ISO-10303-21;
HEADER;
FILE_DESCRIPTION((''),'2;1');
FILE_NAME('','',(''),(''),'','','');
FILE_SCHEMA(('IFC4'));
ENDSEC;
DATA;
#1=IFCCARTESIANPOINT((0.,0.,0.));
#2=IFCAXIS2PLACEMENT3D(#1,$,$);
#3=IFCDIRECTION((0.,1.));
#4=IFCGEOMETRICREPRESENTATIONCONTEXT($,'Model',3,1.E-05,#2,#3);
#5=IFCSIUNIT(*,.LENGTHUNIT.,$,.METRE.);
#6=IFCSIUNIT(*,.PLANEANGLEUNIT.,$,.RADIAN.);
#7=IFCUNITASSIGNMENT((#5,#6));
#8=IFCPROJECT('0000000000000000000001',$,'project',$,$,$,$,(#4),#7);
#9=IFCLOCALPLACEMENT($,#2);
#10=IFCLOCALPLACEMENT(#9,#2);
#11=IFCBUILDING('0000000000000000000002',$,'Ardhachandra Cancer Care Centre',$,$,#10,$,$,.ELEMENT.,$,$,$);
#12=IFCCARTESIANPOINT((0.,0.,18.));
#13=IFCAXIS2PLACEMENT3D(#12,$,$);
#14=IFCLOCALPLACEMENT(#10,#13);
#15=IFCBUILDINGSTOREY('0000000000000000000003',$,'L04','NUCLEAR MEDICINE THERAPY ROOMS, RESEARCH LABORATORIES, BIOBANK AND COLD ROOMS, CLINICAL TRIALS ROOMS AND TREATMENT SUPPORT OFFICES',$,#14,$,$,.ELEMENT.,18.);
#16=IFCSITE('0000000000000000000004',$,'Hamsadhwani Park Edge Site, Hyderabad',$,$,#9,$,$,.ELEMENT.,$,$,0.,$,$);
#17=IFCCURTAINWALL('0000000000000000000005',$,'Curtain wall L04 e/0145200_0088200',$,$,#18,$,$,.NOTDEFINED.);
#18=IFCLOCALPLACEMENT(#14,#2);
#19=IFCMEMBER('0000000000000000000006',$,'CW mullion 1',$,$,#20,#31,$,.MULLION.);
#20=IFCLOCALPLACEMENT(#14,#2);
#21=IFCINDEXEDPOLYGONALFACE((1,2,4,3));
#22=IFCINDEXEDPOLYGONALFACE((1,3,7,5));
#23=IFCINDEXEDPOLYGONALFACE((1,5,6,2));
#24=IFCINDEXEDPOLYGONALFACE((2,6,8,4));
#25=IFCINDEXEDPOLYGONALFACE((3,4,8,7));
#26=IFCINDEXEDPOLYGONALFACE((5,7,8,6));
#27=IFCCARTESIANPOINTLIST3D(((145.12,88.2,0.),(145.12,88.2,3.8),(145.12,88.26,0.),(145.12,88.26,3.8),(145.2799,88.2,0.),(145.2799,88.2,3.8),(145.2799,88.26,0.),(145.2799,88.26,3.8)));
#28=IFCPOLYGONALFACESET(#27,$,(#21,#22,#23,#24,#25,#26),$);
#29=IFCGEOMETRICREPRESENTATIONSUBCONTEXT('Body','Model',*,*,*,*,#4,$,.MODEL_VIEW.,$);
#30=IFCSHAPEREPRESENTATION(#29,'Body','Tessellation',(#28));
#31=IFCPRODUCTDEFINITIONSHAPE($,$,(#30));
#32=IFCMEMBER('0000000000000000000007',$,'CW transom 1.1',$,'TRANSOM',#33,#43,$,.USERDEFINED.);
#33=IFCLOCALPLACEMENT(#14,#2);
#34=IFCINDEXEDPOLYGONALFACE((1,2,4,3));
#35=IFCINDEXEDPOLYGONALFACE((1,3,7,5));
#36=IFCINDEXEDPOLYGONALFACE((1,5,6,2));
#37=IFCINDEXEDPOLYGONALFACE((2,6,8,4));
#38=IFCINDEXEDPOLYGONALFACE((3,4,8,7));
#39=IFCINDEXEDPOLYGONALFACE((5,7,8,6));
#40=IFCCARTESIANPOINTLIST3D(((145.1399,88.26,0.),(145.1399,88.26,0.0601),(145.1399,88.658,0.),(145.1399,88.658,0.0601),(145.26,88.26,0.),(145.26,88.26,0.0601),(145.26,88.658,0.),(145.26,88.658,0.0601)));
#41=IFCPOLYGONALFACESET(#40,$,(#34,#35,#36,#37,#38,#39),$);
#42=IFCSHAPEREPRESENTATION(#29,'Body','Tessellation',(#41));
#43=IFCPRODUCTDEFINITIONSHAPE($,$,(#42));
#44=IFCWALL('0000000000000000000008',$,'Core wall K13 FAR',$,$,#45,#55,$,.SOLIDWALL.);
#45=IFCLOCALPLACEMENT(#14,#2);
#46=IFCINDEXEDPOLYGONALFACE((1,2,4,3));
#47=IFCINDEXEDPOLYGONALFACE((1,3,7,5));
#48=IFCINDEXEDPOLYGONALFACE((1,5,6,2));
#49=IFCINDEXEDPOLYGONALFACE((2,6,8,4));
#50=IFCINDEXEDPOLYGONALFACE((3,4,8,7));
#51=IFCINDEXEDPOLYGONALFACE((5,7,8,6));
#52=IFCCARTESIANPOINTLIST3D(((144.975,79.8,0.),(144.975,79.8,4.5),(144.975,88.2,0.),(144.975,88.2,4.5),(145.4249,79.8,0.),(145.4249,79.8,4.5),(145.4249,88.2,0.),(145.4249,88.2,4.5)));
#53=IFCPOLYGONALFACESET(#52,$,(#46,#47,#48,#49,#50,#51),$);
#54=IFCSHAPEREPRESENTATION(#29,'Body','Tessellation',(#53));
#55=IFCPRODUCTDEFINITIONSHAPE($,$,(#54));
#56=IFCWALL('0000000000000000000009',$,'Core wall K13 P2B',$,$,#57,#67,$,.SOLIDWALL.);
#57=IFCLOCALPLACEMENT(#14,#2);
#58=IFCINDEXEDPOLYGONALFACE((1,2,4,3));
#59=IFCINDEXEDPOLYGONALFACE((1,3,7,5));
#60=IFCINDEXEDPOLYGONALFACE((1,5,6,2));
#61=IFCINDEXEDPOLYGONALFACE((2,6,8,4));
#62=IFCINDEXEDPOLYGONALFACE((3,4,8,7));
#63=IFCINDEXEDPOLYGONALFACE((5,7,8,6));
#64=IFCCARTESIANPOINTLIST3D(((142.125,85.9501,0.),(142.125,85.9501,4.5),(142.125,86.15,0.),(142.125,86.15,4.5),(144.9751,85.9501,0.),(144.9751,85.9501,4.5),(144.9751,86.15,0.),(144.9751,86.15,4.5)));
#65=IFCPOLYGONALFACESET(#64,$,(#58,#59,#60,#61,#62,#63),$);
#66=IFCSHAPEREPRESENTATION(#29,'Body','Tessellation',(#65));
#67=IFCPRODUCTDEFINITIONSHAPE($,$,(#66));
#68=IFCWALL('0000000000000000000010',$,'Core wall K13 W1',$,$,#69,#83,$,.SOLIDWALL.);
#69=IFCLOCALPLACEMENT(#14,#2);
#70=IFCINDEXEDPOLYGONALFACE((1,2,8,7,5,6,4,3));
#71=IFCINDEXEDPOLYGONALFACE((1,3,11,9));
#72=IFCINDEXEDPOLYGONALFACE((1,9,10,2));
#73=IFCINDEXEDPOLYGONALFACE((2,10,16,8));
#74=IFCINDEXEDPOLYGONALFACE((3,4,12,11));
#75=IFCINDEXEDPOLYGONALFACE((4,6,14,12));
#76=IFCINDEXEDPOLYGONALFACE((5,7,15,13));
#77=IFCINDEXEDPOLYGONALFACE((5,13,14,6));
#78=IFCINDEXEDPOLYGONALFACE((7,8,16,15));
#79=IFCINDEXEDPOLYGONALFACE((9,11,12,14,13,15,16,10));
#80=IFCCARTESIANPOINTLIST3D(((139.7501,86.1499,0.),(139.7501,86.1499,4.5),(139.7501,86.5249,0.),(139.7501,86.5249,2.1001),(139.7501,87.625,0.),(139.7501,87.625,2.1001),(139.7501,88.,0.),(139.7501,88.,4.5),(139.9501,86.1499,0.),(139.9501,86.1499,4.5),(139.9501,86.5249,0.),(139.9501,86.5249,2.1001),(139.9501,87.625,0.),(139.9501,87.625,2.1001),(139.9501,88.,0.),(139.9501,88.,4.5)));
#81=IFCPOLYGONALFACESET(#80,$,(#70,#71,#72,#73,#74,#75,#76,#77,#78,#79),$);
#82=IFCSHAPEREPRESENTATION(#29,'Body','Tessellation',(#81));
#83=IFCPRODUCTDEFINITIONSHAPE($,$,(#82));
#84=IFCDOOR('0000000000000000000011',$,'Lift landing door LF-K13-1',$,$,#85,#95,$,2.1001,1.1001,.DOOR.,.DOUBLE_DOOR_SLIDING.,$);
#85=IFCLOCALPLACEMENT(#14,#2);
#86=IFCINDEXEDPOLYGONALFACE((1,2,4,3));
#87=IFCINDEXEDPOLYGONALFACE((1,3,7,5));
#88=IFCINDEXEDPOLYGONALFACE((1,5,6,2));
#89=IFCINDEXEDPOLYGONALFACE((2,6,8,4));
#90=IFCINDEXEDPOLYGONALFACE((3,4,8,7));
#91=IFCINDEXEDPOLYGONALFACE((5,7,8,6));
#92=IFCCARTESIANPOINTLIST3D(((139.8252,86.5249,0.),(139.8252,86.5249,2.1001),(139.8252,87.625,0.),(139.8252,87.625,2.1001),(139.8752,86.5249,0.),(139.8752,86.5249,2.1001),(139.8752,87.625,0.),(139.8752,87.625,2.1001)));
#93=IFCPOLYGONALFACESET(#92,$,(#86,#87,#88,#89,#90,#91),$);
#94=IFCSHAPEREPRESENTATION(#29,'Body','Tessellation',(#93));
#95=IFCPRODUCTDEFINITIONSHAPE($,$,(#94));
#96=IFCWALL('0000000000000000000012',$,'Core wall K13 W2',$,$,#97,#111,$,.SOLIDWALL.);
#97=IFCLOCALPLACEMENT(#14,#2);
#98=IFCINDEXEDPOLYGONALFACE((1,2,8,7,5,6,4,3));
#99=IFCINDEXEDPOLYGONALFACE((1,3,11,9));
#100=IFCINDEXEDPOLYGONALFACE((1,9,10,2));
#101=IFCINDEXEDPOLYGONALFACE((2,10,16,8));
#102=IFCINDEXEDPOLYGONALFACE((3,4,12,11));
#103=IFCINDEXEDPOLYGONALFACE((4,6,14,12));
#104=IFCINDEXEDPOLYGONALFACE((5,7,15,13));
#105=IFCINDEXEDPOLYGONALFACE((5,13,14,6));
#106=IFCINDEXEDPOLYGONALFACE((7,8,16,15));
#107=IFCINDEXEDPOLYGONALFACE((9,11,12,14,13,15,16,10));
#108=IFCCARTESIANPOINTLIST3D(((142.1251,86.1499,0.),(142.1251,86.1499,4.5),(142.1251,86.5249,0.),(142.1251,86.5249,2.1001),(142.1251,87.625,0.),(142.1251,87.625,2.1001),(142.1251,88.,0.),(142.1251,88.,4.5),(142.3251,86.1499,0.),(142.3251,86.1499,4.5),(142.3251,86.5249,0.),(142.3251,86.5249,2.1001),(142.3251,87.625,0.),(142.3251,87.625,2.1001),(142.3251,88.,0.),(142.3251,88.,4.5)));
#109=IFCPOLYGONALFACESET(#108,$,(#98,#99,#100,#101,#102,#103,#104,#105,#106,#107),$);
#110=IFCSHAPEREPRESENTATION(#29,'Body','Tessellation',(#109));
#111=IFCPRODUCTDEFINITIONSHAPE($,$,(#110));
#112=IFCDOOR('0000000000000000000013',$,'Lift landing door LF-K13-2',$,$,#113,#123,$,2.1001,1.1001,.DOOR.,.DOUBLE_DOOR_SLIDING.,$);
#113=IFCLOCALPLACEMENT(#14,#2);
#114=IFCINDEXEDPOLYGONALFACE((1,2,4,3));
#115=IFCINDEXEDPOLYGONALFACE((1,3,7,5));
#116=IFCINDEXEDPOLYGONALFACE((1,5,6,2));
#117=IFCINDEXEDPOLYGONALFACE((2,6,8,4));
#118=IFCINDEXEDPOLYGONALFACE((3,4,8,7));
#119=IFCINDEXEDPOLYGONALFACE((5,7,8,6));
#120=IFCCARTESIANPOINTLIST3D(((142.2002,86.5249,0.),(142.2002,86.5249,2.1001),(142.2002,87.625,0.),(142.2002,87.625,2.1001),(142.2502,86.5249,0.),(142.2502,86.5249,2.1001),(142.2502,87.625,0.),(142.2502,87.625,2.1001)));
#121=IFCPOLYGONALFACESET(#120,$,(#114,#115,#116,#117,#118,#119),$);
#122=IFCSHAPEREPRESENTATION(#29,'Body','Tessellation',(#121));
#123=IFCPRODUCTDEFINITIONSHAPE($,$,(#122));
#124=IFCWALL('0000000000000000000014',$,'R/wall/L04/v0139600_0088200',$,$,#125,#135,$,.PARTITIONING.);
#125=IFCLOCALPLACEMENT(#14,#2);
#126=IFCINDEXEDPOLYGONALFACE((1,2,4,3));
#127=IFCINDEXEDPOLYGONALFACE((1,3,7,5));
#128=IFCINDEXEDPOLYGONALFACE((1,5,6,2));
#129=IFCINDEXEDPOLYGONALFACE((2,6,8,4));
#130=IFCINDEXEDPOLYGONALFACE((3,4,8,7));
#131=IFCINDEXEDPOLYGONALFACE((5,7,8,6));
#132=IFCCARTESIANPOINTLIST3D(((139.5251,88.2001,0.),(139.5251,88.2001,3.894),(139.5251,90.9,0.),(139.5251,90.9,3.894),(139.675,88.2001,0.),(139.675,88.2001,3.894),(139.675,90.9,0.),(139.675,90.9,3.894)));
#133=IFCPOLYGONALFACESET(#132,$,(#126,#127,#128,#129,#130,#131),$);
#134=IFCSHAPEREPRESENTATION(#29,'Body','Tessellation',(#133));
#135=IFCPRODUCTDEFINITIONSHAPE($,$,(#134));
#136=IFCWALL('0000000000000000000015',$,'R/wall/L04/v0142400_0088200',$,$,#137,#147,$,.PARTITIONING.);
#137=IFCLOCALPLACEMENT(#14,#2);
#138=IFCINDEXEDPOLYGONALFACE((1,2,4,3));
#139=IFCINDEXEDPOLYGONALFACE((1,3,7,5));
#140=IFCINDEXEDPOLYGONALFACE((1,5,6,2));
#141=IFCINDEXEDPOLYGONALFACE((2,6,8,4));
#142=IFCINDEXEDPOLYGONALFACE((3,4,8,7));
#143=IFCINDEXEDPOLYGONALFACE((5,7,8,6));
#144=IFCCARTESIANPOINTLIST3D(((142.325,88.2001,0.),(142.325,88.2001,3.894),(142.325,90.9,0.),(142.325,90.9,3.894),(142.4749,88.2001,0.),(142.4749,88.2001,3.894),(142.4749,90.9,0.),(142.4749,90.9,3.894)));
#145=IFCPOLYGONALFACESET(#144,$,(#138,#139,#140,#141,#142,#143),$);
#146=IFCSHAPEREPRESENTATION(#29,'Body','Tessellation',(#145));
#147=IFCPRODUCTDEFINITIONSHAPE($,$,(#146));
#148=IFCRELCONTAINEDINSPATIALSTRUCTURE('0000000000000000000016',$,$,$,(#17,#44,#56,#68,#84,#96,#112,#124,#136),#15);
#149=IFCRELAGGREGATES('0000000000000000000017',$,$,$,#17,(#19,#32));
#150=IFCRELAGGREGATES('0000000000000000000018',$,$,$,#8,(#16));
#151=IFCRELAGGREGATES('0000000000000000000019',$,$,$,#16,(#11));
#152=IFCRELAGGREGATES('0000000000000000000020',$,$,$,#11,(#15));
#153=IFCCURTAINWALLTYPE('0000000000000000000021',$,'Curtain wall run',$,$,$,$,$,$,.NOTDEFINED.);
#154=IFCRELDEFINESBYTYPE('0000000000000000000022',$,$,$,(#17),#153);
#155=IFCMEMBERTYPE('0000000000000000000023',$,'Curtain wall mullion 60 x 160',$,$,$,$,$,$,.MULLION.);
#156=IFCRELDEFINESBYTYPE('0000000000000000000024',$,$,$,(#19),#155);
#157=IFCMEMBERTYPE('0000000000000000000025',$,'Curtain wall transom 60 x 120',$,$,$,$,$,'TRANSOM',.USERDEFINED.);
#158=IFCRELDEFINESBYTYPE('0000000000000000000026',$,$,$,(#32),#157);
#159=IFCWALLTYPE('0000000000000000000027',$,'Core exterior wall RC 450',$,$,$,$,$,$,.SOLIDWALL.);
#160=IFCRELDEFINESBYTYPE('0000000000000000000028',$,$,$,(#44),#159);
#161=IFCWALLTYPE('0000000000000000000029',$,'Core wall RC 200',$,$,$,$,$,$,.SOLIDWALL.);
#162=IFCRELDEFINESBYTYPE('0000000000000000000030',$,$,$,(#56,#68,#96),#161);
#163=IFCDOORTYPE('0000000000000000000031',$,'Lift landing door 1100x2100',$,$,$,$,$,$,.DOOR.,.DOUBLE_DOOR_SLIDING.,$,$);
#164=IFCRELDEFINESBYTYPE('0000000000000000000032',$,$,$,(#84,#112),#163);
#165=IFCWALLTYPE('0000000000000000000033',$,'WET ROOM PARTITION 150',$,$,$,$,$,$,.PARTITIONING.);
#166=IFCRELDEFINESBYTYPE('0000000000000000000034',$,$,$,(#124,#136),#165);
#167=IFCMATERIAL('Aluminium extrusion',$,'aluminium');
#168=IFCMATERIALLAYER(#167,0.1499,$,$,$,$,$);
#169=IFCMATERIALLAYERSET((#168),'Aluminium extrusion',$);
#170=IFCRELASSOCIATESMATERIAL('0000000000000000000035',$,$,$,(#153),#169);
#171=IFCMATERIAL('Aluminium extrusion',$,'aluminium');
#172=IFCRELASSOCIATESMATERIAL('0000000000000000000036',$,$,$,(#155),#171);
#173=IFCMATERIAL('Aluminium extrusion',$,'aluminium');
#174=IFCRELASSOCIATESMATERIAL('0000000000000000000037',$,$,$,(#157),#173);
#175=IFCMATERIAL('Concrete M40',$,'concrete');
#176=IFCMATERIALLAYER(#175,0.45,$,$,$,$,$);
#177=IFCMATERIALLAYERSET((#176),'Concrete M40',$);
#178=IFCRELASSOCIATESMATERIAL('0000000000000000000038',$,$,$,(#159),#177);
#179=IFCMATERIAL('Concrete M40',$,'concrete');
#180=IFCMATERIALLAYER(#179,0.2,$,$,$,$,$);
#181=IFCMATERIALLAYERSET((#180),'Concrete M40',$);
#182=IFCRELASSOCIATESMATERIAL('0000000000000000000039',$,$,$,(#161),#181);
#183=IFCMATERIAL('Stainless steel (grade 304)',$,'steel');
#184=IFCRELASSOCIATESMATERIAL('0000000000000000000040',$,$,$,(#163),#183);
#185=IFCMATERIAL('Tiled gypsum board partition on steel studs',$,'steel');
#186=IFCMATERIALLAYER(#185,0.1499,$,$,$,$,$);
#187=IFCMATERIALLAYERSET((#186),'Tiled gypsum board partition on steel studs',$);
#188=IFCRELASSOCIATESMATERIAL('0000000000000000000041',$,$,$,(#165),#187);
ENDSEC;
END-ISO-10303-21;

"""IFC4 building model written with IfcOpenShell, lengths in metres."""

from ifc_helpers import new_model, si_unit, direction, frame, frame_2d, origin, origin_2d, place, context, subcontext, project, spatial, rectangle, extrude, material, layer, layer_set, material_profile, profile_set, type_object, element, fill, aggregate, save


model = new_model("IFC4")

# Units and contexts
model_context = context("Model", 3, precision=1e-05, world=origin(), true_north=direction((0.0, 1.0)))
body_context = subcontext(model_context, "Body", "Model", "MODEL_VIEW")
ifc_project = project(units=[si_unit("LENGTHUNIT", "METRE"), si_unit("PLANEANGLEUNIT", "RADIAN")], contexts=[model_context])

# Site, building, storey
site_placement = place(None, origin())
site = spatial("IfcSite", under=ifc_project, at=site_placement, Name="Hamsadhwani Park Edge Site, Hyderabad", CompositionType="ELEMENT", RefElevation=0.0)
building_placement = place(site_placement, origin())
building = spatial("IfcBuilding", under=site, at=building_placement, Name="Ardhachandra Cancer Care Centre", CompositionType="ELEMENT")
storey_placement = place(building_placement, frame((0.0, 0.0, 18.0)))
storey = spatial("IfcBuildingStorey", under=building, at=storey_placement, Name="L04", Description="NUCLEAR MEDICINE THERAPY ROOMS, RESEARCH LABORATORIES, BIOBANK AND COLD ROOMS, CLINICAL TRIALS ROOMS AND TREATMENT SUPPORT OFFICES", CompositionType="ELEMENT", Elevation=18.0)

# Curtain wall, members
ifc_material_1 = material(Name="Aluminium extrusion", Category="aluminium")
ifc_layer_1 = layer(ifc_material_1, 0.1499)
ifc_layer_set_1 = layer_set([ifc_layer_1], Name="Aluminium extrusion")
curtain_wall_type = type_object("IfcCurtainWallType", Name="Curtain wall run", PredefinedType="NOTDEFINED", material=ifc_layer_set_1)
curtain_wall_placement = place(storey_placement, origin())
curtain_wall = element("IfcCurtainWall", 1, at=curtain_wall_placement, inside=storey, type_object=curtain_wall_type, Name="Curtain wall L04 e/0145200_0088200", PredefinedType="NOTDEFINED")
ifc_material_2 = material(Name="Aluminium extrusion", Category="aluminium")
ifc_material_profile_1 = material_profile(ifc_material_2, rectangle(XDim=0.1599, YDim=0.0601, at=origin_2d()), Name="Curtain wall mullion 60 x 160")
ifc_profile_set_1 = profile_set([ifc_material_profile_1], Name="Aluminium extrusion")
member_type_1 = type_object("IfcMemberType", Name="Curtain wall mullion 60 x 160", PredefinedType="MULLION", material=ifc_profile_set_1)
member_1_placement = place(storey_placement, frame((145.2, 88.23, 0.0), z_axis=(0.0, 0.0, 1.0), x_axis=(-1.0, 0.0, 0.0)))
member_1 = element("IfcMember", 2, at=member_1_placement, type_object=member_type_1, Name="CW mullion 1", PredefinedType="MULLION", context=body_context, shape_type="SweptSolid", body=[
    extrude(rectangle(XDim=0.1599, YDim=0.0601, at=origin_2d()), origin(), (0.0, 0.0, 1.0), 3.8),
])
ifc_material_3 = material(Name="Aluminium extrusion", Category="aluminium")
ifc_material_profile_2 = material_profile(ifc_material_3, rectangle(XDim=0.1201, YDim=0.0601, at=origin_2d()), Name="Curtain wall transom 60 x 120")
ifc_profile_set_2 = profile_set([ifc_material_profile_2], Name="Aluminium extrusion")
member_type_2 = type_object("IfcMemberType", Name="Curtain wall transom 60 x 120", ElementType="TRANSOM", PredefinedType="USERDEFINED", material=ifc_profile_set_2)
member_2_placement = place(storey_placement, frame((145.2, 88.26, 0.03), z_axis=(0.0, 1.0, 0.0), x_axis=(-1.0, 0.0, 0.0)))
member_2 = element("IfcMember", 3, at=member_2_placement, type_object=member_type_2, Name="CW transom 1.1", ObjectType="TRANSOM", PredefinedType="USERDEFINED", context=body_context, shape_type="SweptSolid", body=[
    extrude(rectangle(XDim=0.1201, YDim=0.0601, at=origin_2d()), origin(), (0.0, 0.0, 1.0), 0.3979),
])
aggregate(curtain_wall, [member_1, member_2])

# Walls
ifc_material_4 = material(Name="Concrete M40", Category="concrete")
ifc_layer_2 = layer(ifc_material_4, 0.45)
ifc_layer_set_2 = layer_set([ifc_layer_2], Name="Concrete M40")
wall_type_1 = type_object("IfcWallType", Name="Core exterior wall RC 450", PredefinedType="SOLIDWALL", material=ifc_layer_set_2)
wall_1_placement = place(storey_placement, frame((145.2, 79.8, 0.0), z_axis=(0.0, 0.0, 1.0), x_axis=(0.0, 1.0, 0.0)))
element("IfcWall", 4, at=wall_1_placement, inside=storey, type_object=wall_type_1, Name="Core wall K13 FAR", PredefinedType="SOLIDWALL", context=body_context, shape_type="SweptSolid", body=[
    extrude(rectangle(XDim=8.3999, YDim=0.45, at=frame_2d((4.2, 0.0))), origin(), (0.0, 0.0, 1.0), 4.5),
])
ifc_material_5 = material(Name="Concrete M40", Category="concrete")
ifc_layer_3 = layer(ifc_material_5, 0.2)
ifc_layer_set_3 = layer_set([ifc_layer_3], Name="Concrete M40")
wall_type_2 = type_object("IfcWallType", Name="Core wall RC 200", PredefinedType="SOLIDWALL", material=ifc_layer_set_3)
wall_2_placement = place(storey_placement, frame((142.125, 86.05, 0.0), z_axis=(0.0, 0.0, 1.0), x_axis=(1.0, 0.0, 0.0)))
element("IfcWall", 5, at=wall_2_placement, inside=storey, type_object=wall_type_2, Name="Core wall K13 P2B", PredefinedType="SOLIDWALL", context=body_context, shape_type="SweptSolid", body=[
    extrude(rectangle(XDim=2.8501, YDim=0.2, at=frame_2d((1.425, 0.0))), origin(), (0.0, 0.0, 1.0), 4.5),
])

# Walls, openings, doors
wall_3_placement = place(storey_placement, frame((139.8501, 86.1499, 0.0), z_axis=(0.0, 0.0, 1.0), x_axis=(0.0, 1.0, 0.0)))
wall_3 = element("IfcWall", 6, at=wall_3_placement, inside=storey, type_object=wall_type_2, Name="Core wall K13 W1", PredefinedType="SOLIDWALL", context=body_context, shape_type="SweptSolid", body=[
    extrude(rectangle(XDim=1.8501, YDim=0.2, at=frame_2d((0.925, 0.0))), origin(), (0.0, 0.0, 1.0), 4.5),
])
opening_1_placement = place(wall_3_placement, frame((0.375, 0.0, 0.0)))
opening_1 = element("IfcOpeningElement", 7, at=opening_1_placement, cuts=wall_3, PredefinedType="OPENING", context=body_context, shape_type="SweptSolid", body=[
    extrude(rectangle(XDim=1.1001, YDim=2.1001, at=frame_2d((0.55, 1.05))), frame((0.0, 0.1099, 0.0), z_axis=(0.0, -1.0, 0.0), x_axis=(1.0, 0.0, 0.0)), (0.0, 0.0, 1.0), 0.22),
])
ifc_material_6 = material(Name="Stainless steel (grade 304)", Category="steel")
door_type = type_object("IfcDoorType", Name="Lift landing door 1100x2100", OperationType="DOUBLE_DOOR_SLIDING", PredefinedType="DOOR", material=ifc_material_6)
door_1_placement = place(opening_1_placement, origin())
door_1 = element("IfcDoor", 8, at=door_1_placement, inside=storey, type_object=door_type, Name="Lift landing door LF-K13-1", OperationType="DOUBLE_DOOR_SLIDING", OverallHeight=2.1001, OverallWidth=1.1001, PredefinedType="DOOR", context=body_context, shape_type="SweptSolid", body=[
    extrude(rectangle(XDim=1.1001, YDim=2.1001, at=frame_2d((0.55, 1.05))), frame((0.0, 0.0249, 0.0), z_axis=(0.0, -1.0, 0.0), x_axis=(1.0, 0.0, 0.0)), (0.0, 0.0, 1.0), 0.05),
])
fill(opening_1, door_1)
wall_4_placement = place(storey_placement, frame((142.2251, 86.1499, 0.0), z_axis=(0.0, 0.0, 1.0), x_axis=(0.0, 1.0, 0.0)))
wall_4 = element("IfcWall", 9, at=wall_4_placement, inside=storey, type_object=wall_type_2, Name="Core wall K13 W2", PredefinedType="SOLIDWALL", context=body_context, shape_type="SweptSolid", body=[
    extrude(rectangle(XDim=1.8501, YDim=0.2, at=frame_2d((0.925, 0.0))), origin(), (0.0, 0.0, 1.0), 4.5),
])
opening_2_placement = place(wall_4_placement, frame((0.375, 0.0, 0.0)))
opening_2 = element("IfcOpeningElement", 10, at=opening_2_placement, cuts=wall_4, PredefinedType="OPENING", context=body_context, shape_type="SweptSolid", body=[
    extrude(rectangle(XDim=1.1001, YDim=2.1001, at=frame_2d((0.55, 1.05))), frame((0.0, 0.1099, 0.0), z_axis=(0.0, -1.0, 0.0), x_axis=(1.0, 0.0, 0.0)), (0.0, 0.0, 1.0), 0.22),
])
door_2_placement = place(opening_2_placement, origin())
door_2 = element("IfcDoor", 11, at=door_2_placement, inside=storey, type_object=door_type, Name="Lift landing door LF-K13-2", OperationType="DOUBLE_DOOR_SLIDING", OverallHeight=2.1001, OverallWidth=1.1001, PredefinedType="DOOR", context=body_context, shape_type="SweptSolid", body=[
    extrude(rectangle(XDim=1.1001, YDim=2.1001, at=frame_2d((0.55, 1.05))), frame((0.0, 0.0249, 0.0), z_axis=(0.0, -1.0, 0.0), x_axis=(1.0, 0.0, 0.0)), (0.0, 0.0, 1.0), 0.05),
])
fill(opening_2, door_2)

# Walls
ifc_material_7 = material(Name="Tiled gypsum board partition on steel studs", Category="steel")
ifc_layer_4 = layer(ifc_material_7, 0.1499)
ifc_layer_set_4 = layer_set([ifc_layer_4], Name="Tiled gypsum board partition on steel studs")
wall_type_3 = type_object("IfcWallType", Name="WET ROOM PARTITION 150", PredefinedType="PARTITIONING", material=ifc_layer_set_4)
for number, where, z_axis, x_axis, name in (
    (12, (139.6001, 88.2, 0.0), (0.0, 0.0, 1.0), (0.0, 1.0, 0.0), "R/wall/L04/v0139600_0088200"),
    (13, (142.3999, 88.2, 0.0), (0.0, 0.0, 1.0), (0.0, 1.0, 0.0), "R/wall/L04/v0142400_0088200"),
):
    element("IfcWall", number, at=place(storey_placement, frame(where, z_axis=z_axis, x_axis=x_axis)), inside=storey, type_object=wall_type_3, Name=name, PredefinedType="PARTITIONING", context=body_context, shape_type="SweptSolid", body=[
        extrude(rectangle(XDim=2.7, YDim=0.1499, at=frame_2d((1.3501, 0.0))), origin(), (0.0, 0.0, 1.0), 3.894),
    ])

save(model, "model.ifc")
